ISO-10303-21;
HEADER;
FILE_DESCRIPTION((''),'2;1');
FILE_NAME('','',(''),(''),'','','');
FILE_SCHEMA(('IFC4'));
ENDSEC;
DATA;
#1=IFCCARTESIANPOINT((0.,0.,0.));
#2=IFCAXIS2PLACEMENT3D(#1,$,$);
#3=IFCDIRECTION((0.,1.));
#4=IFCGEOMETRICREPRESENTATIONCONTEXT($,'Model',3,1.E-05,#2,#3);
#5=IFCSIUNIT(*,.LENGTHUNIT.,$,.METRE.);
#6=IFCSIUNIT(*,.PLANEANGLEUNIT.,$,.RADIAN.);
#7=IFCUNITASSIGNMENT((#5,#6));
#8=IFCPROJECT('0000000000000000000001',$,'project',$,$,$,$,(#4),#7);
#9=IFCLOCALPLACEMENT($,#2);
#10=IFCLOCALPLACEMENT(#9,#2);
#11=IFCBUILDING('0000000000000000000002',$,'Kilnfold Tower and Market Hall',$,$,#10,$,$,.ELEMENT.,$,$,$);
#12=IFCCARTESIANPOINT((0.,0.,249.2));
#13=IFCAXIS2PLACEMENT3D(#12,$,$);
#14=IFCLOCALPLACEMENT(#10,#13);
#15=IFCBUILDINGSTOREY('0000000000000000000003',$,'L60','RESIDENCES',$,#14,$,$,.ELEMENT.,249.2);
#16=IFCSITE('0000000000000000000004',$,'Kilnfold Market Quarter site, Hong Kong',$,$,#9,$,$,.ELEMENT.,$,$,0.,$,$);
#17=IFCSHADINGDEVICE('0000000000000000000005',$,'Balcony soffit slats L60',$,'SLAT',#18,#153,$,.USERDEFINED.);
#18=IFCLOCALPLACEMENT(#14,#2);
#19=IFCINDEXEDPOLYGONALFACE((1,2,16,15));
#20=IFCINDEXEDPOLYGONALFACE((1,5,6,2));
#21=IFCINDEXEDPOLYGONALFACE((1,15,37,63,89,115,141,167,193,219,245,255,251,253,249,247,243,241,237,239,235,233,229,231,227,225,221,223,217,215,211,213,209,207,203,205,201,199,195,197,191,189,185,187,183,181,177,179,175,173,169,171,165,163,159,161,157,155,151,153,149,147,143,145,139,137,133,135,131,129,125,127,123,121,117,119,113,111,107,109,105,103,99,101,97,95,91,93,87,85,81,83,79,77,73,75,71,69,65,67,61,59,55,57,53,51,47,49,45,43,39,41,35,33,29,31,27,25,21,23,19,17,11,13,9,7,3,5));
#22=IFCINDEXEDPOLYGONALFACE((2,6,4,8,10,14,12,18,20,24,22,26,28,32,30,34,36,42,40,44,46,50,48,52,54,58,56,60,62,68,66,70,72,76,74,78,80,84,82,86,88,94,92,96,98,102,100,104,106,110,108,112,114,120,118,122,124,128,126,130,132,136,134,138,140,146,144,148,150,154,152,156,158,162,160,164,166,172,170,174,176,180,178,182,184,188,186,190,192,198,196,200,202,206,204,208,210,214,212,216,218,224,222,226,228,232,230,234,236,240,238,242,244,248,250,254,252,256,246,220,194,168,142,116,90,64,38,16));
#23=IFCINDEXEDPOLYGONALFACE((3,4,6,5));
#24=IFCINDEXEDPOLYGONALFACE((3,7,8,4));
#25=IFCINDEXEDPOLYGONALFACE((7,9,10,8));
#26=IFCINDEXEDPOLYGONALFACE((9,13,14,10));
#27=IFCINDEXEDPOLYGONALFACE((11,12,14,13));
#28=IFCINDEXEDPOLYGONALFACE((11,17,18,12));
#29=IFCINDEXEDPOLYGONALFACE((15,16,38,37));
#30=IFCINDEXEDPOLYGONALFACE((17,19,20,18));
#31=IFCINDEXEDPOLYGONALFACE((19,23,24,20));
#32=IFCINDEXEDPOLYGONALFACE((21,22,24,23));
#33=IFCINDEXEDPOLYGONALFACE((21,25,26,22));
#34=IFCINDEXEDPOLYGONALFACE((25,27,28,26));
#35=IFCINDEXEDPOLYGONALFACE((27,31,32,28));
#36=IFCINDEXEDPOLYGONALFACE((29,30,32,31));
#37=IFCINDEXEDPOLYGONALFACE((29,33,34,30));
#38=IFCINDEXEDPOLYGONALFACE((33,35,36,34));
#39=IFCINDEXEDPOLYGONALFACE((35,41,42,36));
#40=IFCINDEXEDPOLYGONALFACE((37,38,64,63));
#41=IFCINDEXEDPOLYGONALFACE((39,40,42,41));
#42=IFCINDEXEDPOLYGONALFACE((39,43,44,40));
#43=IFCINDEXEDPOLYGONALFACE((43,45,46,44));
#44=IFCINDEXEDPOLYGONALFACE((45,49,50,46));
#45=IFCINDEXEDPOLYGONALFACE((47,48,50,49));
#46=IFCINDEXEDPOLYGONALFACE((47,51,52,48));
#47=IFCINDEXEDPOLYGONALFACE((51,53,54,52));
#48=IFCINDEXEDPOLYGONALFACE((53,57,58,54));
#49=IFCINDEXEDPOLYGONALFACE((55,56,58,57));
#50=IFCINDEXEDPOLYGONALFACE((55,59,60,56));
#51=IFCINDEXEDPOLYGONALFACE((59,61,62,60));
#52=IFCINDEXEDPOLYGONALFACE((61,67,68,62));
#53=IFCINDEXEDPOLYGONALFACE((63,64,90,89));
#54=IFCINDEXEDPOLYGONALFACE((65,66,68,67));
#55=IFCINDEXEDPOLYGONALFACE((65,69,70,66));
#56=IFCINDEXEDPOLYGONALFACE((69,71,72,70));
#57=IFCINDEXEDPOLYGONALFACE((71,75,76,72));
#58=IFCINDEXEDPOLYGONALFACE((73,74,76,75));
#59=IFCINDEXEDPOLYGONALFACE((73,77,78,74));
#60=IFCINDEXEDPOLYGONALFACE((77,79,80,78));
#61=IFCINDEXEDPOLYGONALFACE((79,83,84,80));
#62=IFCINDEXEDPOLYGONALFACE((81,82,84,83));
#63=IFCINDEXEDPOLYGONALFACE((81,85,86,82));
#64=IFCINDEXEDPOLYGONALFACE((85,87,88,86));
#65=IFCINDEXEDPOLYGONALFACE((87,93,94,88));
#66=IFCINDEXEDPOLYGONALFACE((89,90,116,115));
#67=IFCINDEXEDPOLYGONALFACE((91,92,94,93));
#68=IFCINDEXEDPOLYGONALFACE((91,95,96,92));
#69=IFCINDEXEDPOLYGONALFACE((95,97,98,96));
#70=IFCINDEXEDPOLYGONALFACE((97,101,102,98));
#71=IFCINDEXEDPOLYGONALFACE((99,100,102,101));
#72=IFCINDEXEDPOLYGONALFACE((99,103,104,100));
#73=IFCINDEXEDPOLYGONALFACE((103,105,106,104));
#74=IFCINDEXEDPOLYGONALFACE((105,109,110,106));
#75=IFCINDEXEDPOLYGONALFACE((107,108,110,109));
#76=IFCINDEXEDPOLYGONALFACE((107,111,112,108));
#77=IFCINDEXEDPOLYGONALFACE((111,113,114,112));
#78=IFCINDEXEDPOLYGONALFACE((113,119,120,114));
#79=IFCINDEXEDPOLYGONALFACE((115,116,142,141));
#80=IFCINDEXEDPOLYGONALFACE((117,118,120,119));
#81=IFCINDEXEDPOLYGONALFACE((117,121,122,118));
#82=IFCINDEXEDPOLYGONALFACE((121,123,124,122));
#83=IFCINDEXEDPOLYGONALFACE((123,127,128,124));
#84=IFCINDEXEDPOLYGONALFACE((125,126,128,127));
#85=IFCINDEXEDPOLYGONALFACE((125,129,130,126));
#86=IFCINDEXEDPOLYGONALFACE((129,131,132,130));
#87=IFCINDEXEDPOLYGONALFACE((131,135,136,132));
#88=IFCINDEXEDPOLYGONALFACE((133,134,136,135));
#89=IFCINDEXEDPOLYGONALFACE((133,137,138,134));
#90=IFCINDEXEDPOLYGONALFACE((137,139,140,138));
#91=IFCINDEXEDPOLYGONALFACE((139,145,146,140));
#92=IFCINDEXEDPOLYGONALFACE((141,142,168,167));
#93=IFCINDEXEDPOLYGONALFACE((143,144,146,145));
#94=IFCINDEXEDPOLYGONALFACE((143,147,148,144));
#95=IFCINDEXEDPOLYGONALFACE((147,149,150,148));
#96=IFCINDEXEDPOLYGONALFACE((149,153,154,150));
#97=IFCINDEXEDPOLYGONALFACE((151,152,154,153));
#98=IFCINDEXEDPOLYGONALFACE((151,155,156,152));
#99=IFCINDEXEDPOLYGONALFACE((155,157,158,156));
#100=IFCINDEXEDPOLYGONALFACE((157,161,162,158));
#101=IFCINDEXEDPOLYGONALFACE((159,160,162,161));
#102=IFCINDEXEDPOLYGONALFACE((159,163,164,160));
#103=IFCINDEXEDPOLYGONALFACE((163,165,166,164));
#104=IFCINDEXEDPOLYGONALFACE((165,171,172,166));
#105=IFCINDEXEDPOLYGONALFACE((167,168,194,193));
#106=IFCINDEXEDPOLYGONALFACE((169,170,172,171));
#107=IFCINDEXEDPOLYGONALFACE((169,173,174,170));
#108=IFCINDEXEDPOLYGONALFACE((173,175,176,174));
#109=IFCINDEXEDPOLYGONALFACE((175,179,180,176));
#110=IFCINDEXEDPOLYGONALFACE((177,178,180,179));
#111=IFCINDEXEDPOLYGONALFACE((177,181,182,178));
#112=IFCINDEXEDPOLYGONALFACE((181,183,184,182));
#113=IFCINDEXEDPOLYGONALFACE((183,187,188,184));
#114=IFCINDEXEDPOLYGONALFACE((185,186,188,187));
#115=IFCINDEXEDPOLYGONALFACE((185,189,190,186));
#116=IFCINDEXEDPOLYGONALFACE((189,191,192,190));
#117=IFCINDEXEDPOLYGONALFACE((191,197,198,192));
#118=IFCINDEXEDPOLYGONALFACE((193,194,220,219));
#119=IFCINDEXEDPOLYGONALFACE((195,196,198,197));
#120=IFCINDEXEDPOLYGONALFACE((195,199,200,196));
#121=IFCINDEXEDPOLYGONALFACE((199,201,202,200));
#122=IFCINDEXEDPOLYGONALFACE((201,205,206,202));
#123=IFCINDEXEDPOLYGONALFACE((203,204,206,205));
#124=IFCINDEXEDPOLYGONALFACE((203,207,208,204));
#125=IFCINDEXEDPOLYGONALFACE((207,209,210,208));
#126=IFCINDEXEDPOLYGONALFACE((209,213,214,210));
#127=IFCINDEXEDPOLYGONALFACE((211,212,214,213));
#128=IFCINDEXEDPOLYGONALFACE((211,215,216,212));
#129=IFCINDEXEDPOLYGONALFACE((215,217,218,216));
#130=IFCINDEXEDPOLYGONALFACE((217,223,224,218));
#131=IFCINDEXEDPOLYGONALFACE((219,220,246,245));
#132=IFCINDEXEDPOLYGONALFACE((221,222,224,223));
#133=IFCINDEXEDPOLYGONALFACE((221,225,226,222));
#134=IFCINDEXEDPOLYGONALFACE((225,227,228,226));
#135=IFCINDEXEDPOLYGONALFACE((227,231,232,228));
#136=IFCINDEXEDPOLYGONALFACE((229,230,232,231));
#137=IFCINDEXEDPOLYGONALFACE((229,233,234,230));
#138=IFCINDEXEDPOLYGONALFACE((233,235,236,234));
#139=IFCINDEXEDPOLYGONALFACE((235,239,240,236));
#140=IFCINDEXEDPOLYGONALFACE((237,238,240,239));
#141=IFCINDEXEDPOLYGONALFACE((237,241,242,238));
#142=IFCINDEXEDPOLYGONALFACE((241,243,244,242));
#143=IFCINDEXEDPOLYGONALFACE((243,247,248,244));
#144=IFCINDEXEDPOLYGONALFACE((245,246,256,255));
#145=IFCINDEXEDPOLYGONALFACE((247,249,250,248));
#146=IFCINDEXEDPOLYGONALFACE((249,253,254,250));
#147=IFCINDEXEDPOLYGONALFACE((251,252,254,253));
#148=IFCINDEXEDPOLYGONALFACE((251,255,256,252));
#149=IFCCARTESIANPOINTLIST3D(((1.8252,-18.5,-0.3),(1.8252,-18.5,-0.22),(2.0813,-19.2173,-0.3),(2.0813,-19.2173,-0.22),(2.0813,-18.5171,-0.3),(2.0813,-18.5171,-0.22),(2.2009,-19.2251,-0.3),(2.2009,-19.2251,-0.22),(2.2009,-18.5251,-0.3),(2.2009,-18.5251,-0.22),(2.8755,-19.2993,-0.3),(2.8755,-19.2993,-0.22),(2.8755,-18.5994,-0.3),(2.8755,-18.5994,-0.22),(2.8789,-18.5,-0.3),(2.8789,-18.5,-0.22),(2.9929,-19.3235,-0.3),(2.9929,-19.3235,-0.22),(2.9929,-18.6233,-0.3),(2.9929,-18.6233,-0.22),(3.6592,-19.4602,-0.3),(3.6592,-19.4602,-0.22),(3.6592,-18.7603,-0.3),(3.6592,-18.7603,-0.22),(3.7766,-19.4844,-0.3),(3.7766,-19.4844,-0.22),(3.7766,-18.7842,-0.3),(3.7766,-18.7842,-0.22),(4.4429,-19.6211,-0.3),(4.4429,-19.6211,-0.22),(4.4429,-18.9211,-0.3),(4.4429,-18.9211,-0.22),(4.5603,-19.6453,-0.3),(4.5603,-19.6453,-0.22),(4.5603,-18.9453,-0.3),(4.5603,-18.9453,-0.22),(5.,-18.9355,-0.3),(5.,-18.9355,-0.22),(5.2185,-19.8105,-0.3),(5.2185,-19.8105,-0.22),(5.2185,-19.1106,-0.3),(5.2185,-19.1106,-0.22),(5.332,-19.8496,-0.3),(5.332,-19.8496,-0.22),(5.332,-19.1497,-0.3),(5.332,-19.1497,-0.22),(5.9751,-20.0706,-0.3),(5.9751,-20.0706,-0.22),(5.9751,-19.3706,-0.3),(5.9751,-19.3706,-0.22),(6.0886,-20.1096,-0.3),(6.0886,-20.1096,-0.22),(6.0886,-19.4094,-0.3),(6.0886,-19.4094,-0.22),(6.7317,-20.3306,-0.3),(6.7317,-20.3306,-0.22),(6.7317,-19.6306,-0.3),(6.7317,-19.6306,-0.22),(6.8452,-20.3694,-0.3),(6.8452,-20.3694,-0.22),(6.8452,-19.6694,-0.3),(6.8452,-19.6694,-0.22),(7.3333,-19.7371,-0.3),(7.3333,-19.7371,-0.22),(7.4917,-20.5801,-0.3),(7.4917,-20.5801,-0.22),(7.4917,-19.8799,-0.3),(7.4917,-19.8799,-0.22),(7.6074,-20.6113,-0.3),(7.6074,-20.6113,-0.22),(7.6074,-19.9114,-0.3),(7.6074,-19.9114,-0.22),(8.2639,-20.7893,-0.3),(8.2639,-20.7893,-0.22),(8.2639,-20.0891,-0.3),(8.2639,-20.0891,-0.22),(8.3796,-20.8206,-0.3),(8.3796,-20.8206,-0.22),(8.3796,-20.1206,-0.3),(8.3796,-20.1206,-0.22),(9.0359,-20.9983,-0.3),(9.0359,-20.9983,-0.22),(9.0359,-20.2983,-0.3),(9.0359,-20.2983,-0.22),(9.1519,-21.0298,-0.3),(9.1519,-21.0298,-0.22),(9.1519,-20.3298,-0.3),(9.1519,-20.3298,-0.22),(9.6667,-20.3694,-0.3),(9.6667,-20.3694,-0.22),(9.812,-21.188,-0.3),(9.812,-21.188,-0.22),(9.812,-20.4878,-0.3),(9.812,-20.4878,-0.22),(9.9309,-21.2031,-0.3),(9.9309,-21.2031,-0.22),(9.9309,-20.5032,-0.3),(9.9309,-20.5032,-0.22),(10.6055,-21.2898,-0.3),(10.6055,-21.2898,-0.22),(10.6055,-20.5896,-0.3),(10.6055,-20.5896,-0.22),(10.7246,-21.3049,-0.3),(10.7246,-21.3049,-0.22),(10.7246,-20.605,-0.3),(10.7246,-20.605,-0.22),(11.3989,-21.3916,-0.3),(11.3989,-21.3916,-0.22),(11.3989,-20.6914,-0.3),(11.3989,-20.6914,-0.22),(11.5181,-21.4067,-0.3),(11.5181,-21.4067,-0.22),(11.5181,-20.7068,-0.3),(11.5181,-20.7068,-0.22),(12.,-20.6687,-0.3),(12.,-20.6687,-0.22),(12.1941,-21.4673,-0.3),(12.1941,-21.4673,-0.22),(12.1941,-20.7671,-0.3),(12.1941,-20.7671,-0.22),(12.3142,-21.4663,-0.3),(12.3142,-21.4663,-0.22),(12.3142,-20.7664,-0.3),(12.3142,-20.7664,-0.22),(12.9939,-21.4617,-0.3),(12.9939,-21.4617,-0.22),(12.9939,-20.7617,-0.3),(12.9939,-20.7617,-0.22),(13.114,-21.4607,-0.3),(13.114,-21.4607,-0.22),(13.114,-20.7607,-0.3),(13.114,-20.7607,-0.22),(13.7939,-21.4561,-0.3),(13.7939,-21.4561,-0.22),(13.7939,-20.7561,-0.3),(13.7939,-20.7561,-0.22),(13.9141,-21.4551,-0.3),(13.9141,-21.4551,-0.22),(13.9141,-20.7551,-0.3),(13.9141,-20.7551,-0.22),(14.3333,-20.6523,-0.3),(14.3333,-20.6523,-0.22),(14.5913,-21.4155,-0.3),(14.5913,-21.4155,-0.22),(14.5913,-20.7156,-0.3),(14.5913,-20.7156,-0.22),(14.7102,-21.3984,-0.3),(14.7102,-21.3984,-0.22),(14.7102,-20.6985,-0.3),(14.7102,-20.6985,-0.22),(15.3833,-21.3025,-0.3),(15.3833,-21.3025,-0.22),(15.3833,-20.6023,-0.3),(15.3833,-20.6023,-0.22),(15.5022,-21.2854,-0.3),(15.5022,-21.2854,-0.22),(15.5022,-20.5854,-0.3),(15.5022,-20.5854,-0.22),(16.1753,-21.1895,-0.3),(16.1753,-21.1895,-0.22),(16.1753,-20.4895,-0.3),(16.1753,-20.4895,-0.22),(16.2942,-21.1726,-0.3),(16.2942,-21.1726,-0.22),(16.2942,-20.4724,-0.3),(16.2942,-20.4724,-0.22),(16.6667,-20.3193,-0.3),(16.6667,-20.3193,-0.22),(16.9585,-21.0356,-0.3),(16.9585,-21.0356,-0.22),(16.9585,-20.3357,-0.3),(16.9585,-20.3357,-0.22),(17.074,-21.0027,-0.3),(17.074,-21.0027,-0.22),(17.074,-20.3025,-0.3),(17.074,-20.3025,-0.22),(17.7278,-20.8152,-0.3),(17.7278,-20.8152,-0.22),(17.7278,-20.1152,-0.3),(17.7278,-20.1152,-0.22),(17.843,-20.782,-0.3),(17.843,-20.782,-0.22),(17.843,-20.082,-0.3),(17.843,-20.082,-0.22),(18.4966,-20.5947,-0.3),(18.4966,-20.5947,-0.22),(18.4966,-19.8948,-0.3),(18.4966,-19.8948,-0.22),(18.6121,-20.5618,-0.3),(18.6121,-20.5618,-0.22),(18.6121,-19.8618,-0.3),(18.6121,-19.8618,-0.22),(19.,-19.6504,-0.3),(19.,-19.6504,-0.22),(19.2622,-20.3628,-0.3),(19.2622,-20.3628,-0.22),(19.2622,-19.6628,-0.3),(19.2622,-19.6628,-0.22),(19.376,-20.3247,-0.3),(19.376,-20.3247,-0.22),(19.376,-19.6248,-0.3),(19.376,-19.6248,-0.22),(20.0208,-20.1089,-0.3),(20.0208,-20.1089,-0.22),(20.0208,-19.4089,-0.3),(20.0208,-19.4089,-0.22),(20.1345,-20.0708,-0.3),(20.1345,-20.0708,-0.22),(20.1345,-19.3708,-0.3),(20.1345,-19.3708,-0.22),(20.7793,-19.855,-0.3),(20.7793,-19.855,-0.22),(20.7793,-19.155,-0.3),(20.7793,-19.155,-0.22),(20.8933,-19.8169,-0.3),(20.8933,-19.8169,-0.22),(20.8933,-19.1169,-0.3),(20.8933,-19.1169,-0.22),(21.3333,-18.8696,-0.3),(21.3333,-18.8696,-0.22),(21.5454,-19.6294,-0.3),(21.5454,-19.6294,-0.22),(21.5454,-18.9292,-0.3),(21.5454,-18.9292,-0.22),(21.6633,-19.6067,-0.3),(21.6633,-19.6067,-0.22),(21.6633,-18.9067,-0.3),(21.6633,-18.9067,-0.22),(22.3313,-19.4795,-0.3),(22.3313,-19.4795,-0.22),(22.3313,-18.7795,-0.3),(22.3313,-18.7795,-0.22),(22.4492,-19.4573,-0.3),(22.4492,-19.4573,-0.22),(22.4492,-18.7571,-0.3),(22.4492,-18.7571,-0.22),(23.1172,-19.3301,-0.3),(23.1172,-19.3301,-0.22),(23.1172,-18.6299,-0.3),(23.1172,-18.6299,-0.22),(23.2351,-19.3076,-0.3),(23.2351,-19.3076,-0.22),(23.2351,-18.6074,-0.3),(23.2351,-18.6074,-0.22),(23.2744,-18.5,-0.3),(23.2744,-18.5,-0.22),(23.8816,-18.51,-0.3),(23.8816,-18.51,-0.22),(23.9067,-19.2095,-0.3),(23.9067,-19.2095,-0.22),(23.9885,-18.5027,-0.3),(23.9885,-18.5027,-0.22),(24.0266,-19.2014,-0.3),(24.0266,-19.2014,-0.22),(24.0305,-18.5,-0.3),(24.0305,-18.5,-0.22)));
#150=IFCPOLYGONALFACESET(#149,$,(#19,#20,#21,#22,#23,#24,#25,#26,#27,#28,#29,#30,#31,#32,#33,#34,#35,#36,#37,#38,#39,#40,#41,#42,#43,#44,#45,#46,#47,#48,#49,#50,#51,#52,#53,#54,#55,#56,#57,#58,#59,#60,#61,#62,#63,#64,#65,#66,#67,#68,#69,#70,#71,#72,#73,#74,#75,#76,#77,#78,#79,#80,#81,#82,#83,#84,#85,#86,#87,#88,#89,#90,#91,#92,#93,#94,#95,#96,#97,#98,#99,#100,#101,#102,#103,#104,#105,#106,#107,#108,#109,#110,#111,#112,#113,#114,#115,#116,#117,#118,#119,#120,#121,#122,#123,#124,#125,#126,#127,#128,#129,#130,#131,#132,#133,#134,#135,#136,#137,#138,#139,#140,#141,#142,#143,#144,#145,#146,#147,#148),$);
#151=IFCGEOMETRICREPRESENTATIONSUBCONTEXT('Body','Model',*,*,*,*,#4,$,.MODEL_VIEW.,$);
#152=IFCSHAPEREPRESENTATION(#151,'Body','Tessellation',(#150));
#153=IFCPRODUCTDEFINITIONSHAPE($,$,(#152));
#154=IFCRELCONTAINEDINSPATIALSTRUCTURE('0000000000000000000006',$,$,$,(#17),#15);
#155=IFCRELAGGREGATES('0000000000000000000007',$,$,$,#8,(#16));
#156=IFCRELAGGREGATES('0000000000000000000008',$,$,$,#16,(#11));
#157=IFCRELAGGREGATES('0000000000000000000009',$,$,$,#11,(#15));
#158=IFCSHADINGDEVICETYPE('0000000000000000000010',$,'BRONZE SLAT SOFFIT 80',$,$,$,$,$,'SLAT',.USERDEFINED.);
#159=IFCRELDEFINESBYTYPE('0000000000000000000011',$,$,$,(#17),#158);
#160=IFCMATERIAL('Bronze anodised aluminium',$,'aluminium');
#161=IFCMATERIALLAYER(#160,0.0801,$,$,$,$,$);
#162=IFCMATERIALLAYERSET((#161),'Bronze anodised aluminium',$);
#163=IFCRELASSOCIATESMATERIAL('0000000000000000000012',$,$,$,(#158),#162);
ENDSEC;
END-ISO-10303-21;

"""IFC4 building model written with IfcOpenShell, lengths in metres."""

from ifc_helpers import new_model, si_unit, direction, frame, origin, place, context, subcontext, project, spatial, polyline, outline, extrude, source, transform, mapped, material, layer, layer_set, type_object, element, save


model = new_model("IFC4")

# Units and contexts
model_context = context("Model", 3, precision=1e-05, world=origin(), true_north=direction((0.0, 1.0)))
body_context = subcontext(model_context, "Body", "Model", "MODEL_VIEW")
ifc_project = project(units=[si_unit("LENGTHUNIT", "METRE"), si_unit("PLANEANGLEUNIT", "RADIAN")], contexts=[model_context])

# Site, building, storey
site_placement = place(None, origin())
site = spatial("IfcSite", under=ifc_project, at=site_placement, Name="Kilnfold Market Quarter site, Hong Kong", CompositionType="ELEMENT", RefElevation=0.0)
building_placement = place(site_placement, origin())
building = spatial("IfcBuilding", under=site, at=building_placement, Name="Kilnfold Tower and Market Hall", CompositionType="ELEMENT")
storey_placement = place(building_placement, frame((0.0, 0.0, 249.2)))
storey = spatial("IfcBuildingStorey", under=building, at=storey_placement, Name="L60", Description="RESIDENCES", CompositionType="ELEMENT", Elevation=249.2)

# Shading device
ifc_material_1 = material(Name="Bronze anodised aluminium", Category="aluminium")
ifc_layer_1 = layer(ifc_material_1, 0.0801)
ifc_layer_set_1 = layer_set([ifc_layer_1], Name="Bronze anodised aluminium")
shading_device_type_1 = type_object("IfcShadingDeviceType", Name="BRONZE SLAT SOFFIT 80", ElementType="SLAT", PredefinedType="USERDEFINED", material=ifc_layer_set_1)
shared_shape_1 = source(origin(), body_context, "Body", "SweptSolid", [
    extrude(outline(polyline([(5.0, -18.9355), (7.3333, -19.7371), (9.6667, -20.3694), (12.0, -20.6687), (14.3333, -20.6523), (16.6667, -20.3193), (19.0, -19.6504), (21.3333, -18.8696), (23.2744, -18.5), (24.0305, -18.5), (23.9885, -18.5027), (24.0266, -19.2014), (23.9067, -19.2095), (23.8816, -18.51), (23.2351, -18.6074), (23.2351, -19.3076), (23.1172, -19.3301), (23.1172, -18.6299), (22.4492, -18.7571), (22.4492, -19.4573), (22.3313, -19.4795), (22.3313, -18.7795), (21.6633, -18.9067), (21.6633, -19.6067), (21.5454, -19.6294), (21.5454, -18.9292), (20.8933, -19.1169), (20.8933, -19.8169), (20.7793, -19.855), (20.7793, -19.155), (20.1345, -19.3708), (20.1345, -20.0708), (20.0208, -20.1089), (20.0208, -19.4089), (19.376, -19.6248), (19.376, -20.3247), (19.2622, -20.3628), (19.2622, -19.6628), (18.6121, -19.8618), (18.6121, -20.5618), (18.4966, -20.5947), (18.4966, -19.8948), (17.843, -20.082), (17.843, -20.782), (17.7278, -20.8152), (17.7278, -20.1152), (17.074, -20.3025), (17.074, -21.0027), (16.9585, -21.0356), (16.9585, -20.3357), (16.2942, -20.4724), (16.2942, -21.1726), (16.1753, -21.1895), (16.1753, -20.4895), (15.5022, -20.5854), (15.5022, -21.2854), (15.3833, -21.3025), (15.3833, -20.6023), (14.7102, -20.6985), (14.7102, -21.3984), (14.5913, -21.4155), (14.5913, -20.7156), (13.9141, -20.7551), (13.9141, -21.4551), (13.7939, -21.4561), (13.7939, -20.7561), (13.114, -20.7607), (13.114, -21.4607), (12.9939, -21.4617), (12.9939, -20.7617), (12.3142, -20.7664), (12.3142, -21.4663), (12.1941, -21.4673), (12.1941, -20.7671), (11.5181, -20.7068), (11.5181, -21.4067), (11.3989, -21.3916), (11.3989, -20.6914), (10.7246, -20.605), (10.7246, -21.3049), (10.6055, -21.2898), (10.6055, -20.5896), (9.9309, -20.5032), (9.9309, -21.2031), (9.812, -21.188), (9.812, -20.4878), (9.1519, -20.3298), (9.1519, -21.0298), (9.0359, -20.9983), (9.0359, -20.2983), (8.3796, -20.1206), (8.3796, -20.8206), (8.2639, -20.7893), (8.2639, -20.0891), (7.6074, -19.9114), (7.6074, -20.6113), (7.4917, -20.5801), (7.4917, -19.8799), (6.8452, -19.6694), (6.8452, -20.3694), (6.7317, -20.3306), (6.7317, -19.6306), (6.0886, -19.4094), (6.0886, -20.1096), (5.9751, -20.0706), (5.9751, -19.3706), (5.332, -19.1497), (5.332, -19.8496), (5.2185, -19.8105), (5.2185, -19.1106), (4.5603, -18.9453), (4.5603, -19.6453), (4.4429, -19.6211), (4.4429, -18.9211), (3.7766, -18.7842), (3.7766, -19.4844), (3.6592, -19.4602), (3.6592, -18.7603), (2.9929, -18.6233), (2.9929, -19.3235), (2.8755, -19.2993), (2.8755, -18.5994), (2.2009, -18.5251), (2.2009, -19.2251), (2.0813, -19.2173), (2.0813, -18.5171), (1.8252, -18.5), (2.8789, -18.5), (5.0, -18.9355)])), origin(), (0.0, 0.0, 1.0), 0.0801),
])
shading_device_1_placement = place(storey_placement, frame((0.0, 0.0, -0.3)))
element("IfcShadingDevice", 1, at=shading_device_1_placement, inside=storey, type_object=shading_device_type_1, Name="Balcony soffit slats L60", ObjectType="SLAT", PredefinedType="USERDEFINED", context=body_context, shape_type="MappedRepresentation", body=[
    mapped(shared_shape_1, transform((0.0, 0.0, 0.0))),
])

save(model, "model.ifc")
